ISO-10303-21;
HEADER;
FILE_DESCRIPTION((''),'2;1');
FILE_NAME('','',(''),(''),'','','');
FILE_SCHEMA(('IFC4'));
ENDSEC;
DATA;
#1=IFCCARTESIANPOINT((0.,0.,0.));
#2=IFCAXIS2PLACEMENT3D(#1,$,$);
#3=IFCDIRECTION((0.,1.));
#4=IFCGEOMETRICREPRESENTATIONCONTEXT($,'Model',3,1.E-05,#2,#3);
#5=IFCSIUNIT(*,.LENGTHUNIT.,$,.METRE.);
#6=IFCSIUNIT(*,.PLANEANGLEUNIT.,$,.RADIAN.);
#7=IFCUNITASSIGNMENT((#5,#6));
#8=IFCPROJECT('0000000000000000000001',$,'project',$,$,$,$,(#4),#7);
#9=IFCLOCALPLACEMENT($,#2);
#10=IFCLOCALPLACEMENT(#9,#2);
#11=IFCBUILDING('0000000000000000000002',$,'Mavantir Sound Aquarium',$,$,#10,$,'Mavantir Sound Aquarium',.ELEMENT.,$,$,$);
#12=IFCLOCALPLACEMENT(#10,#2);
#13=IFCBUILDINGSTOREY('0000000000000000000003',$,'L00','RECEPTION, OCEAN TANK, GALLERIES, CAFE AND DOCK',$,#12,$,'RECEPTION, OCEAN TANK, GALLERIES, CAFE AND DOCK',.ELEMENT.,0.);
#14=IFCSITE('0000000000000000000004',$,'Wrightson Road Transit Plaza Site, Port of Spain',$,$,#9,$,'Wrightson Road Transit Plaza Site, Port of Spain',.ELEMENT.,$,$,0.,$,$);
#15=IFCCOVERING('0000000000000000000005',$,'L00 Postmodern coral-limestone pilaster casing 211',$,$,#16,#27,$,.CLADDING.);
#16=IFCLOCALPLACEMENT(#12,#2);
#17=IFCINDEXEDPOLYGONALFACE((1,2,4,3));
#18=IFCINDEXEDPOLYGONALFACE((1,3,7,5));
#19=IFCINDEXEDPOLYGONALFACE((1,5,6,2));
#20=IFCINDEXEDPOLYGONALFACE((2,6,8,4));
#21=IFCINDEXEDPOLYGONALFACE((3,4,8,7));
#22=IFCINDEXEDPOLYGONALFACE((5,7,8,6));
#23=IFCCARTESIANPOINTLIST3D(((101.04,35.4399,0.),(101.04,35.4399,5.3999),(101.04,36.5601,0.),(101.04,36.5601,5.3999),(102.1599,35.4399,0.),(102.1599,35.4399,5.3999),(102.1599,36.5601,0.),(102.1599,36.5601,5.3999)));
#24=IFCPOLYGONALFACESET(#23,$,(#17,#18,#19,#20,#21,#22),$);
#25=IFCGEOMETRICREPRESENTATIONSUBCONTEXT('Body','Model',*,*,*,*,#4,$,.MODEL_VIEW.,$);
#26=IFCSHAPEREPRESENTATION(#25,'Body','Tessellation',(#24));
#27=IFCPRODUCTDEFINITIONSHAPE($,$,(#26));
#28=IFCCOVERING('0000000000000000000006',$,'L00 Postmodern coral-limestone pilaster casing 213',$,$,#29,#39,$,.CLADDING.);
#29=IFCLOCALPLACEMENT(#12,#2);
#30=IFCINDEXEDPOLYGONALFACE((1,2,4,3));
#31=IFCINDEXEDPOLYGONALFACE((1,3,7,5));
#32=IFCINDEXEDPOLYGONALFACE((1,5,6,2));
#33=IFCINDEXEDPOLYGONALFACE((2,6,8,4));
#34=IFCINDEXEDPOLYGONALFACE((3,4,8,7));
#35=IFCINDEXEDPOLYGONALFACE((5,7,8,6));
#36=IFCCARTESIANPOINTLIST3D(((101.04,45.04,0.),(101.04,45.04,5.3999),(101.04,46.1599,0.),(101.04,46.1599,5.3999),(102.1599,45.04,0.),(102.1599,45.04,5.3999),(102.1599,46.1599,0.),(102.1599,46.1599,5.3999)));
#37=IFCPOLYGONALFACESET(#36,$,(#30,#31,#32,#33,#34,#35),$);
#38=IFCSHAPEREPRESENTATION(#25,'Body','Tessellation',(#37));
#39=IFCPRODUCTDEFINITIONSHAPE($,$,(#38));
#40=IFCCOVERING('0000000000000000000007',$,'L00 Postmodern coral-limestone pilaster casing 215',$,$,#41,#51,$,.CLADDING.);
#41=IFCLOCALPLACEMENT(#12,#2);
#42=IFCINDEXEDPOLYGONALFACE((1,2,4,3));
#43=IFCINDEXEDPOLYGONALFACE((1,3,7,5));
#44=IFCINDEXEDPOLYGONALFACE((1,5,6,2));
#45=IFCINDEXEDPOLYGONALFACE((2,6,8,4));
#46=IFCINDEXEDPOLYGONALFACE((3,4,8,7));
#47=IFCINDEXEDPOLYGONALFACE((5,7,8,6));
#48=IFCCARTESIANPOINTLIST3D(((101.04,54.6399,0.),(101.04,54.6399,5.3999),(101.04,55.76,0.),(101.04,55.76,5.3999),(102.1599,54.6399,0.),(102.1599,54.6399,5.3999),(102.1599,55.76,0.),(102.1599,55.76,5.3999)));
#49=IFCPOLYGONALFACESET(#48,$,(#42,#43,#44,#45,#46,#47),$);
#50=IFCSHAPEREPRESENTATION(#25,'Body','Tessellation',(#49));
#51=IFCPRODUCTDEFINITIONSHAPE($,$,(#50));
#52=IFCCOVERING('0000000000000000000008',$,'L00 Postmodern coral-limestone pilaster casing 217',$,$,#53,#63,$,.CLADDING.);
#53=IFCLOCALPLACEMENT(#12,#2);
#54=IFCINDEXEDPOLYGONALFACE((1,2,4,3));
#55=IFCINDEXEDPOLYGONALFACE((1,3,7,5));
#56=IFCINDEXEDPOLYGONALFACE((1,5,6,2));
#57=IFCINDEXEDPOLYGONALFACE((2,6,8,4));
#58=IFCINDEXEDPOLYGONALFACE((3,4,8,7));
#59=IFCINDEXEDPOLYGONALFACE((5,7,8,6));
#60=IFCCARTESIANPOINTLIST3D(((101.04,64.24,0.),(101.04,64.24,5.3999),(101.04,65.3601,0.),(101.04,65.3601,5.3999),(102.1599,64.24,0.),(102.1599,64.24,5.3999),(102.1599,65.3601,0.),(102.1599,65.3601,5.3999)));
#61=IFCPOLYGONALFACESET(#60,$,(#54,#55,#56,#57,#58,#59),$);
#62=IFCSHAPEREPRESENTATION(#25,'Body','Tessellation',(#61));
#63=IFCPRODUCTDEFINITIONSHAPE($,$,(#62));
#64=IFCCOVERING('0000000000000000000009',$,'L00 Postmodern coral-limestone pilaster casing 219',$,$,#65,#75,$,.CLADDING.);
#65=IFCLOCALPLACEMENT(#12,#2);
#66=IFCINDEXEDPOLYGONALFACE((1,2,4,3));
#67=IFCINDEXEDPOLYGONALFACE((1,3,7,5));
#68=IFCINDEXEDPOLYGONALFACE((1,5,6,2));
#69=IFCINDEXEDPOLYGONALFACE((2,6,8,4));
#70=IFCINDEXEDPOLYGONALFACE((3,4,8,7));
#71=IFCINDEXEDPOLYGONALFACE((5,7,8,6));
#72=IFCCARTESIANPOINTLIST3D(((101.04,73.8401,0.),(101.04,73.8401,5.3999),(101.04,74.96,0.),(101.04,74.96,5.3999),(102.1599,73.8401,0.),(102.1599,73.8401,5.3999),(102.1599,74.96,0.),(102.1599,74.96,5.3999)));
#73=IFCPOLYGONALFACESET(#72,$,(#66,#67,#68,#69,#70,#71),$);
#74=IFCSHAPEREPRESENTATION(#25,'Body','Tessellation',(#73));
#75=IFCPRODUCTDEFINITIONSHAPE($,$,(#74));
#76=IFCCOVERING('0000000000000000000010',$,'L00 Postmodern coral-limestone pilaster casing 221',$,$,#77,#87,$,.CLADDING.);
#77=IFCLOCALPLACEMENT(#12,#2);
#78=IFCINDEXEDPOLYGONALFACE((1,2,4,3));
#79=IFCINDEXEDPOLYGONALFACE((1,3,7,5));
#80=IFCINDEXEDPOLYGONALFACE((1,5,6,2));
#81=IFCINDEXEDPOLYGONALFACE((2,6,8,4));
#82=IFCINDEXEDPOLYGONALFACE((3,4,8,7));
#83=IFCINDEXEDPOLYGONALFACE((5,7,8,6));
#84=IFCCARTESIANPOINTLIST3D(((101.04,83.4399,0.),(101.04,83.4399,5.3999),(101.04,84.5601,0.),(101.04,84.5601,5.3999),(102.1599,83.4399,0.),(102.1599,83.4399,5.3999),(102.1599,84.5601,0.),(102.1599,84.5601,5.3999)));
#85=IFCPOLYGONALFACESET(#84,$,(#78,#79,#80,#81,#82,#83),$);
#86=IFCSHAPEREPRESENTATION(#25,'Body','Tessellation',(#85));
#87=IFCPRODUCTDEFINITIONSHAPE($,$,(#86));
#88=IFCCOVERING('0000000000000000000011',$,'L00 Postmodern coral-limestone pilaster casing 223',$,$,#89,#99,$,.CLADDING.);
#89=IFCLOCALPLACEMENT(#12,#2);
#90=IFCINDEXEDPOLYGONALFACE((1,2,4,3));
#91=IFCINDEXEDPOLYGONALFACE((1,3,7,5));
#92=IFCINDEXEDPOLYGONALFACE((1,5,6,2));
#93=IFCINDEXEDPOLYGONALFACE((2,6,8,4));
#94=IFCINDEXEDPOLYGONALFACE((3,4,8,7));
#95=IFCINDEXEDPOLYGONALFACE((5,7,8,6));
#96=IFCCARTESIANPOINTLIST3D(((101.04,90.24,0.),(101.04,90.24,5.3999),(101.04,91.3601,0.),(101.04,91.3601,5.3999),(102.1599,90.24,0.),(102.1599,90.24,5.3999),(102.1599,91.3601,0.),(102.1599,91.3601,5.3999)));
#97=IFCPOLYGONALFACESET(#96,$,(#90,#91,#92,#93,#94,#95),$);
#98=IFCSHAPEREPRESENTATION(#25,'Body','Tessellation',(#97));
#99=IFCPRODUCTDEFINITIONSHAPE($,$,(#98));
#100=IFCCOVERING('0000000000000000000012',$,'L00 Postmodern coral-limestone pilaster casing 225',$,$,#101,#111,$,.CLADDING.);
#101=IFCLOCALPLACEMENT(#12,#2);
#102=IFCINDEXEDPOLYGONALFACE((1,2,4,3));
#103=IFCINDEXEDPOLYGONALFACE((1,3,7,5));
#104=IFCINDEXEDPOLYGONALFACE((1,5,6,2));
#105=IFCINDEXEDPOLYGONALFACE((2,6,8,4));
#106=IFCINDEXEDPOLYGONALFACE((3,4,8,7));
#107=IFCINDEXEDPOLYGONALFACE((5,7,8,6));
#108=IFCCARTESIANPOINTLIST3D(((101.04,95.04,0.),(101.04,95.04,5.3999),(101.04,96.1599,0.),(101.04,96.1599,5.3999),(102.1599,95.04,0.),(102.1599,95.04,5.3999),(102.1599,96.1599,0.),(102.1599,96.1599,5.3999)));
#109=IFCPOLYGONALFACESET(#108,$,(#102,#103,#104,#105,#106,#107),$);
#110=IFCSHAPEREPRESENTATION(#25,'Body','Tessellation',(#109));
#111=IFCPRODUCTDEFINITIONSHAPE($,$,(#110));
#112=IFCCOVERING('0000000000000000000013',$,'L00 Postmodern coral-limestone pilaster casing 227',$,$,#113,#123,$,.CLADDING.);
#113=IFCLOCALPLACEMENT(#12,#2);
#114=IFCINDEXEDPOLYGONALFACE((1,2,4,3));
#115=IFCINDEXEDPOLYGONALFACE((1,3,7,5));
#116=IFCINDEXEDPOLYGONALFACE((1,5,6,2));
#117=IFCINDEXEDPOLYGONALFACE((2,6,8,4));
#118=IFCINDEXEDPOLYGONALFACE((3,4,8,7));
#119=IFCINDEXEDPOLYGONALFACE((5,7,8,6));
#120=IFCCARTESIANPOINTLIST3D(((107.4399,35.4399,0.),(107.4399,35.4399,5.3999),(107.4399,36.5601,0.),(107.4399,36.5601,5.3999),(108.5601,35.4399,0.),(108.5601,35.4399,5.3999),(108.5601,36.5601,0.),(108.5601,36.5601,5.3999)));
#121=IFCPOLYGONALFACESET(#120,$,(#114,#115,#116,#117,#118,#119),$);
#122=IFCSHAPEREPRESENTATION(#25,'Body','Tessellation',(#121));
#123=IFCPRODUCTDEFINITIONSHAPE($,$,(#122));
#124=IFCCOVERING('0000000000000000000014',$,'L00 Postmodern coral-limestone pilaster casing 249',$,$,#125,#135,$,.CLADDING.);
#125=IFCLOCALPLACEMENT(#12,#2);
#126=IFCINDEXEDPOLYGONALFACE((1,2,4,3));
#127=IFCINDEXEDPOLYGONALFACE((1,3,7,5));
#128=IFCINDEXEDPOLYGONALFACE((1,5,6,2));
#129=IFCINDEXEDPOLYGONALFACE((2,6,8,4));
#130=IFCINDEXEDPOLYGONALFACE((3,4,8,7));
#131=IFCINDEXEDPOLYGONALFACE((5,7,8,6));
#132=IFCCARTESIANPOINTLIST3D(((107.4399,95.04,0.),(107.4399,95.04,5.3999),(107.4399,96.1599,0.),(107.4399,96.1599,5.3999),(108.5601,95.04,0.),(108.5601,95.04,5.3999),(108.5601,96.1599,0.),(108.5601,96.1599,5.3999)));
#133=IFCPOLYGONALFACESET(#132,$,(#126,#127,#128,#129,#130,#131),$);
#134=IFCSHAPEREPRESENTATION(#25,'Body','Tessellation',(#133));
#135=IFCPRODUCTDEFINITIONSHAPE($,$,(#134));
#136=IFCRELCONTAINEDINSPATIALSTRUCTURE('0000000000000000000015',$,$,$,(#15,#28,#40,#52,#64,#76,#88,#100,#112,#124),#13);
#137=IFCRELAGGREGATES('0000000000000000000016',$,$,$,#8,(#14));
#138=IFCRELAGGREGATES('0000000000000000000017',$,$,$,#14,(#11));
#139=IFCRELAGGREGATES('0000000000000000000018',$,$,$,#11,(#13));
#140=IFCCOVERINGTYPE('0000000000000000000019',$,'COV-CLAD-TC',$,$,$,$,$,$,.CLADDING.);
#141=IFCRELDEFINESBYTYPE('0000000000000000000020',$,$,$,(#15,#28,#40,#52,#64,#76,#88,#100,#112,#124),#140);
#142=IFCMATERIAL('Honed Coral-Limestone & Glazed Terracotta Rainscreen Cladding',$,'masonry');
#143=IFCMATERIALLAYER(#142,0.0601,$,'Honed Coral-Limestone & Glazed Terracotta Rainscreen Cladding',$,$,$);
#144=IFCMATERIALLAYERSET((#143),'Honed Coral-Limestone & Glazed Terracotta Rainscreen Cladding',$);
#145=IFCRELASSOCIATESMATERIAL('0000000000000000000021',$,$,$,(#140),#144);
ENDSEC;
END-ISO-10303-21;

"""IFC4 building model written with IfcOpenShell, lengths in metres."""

from ifc_helpers import new_model, si_unit, direction, origin, place, context, subcontext, project, spatial, polyline, outline, extrude, material, layer, layer_set, type_object, element, save


model = new_model("IFC4")

# Units and contexts
model_context = context("Model", 3, precision=1e-05, world=origin(), true_north=direction((0.0, 1.0)))
body_context = subcontext(model_context, "Body", "Model", "MODEL_VIEW")
ifc_project = project(units=[si_unit("LENGTHUNIT", "METRE"), si_unit("PLANEANGLEUNIT", "RADIAN")], contexts=[model_context])

# Site, building, storey
site_placement = place(None, origin())
site = spatial("IfcSite", under=ifc_project, at=site_placement, Name="Wrightson Road Transit Plaza Site, Port of Spain", LongName="Wrightson Road Transit Plaza Site, Port of Spain", CompositionType="ELEMENT", RefElevation=0.0)
building_placement = place(site_placement, origin())
building = spatial("IfcBuilding", under=site, at=building_placement, Name="Mavantir Sound Aquarium", LongName="Mavantir Sound Aquarium", CompositionType="ELEMENT")
storey_placement = place(building_placement, origin())
storey = spatial("IfcBuildingStorey", under=building, at=storey_placement, Name="L00", Description="RECEPTION, OCEAN TANK, GALLERIES, CAFE AND DOCK", LongName="RECEPTION, OCEAN TANK, GALLERIES, CAFE AND DOCK", CompositionType="ELEMENT", Elevation=0.0)

# Coverings
ifc_material = material(Name="Honed Coral-Limestone & Glazed Terracotta Rainscreen Cladding", Category="masonry")
ifc_layer = layer(ifc_material, 0.0601, Name="Honed Coral-Limestone & Glazed Terracotta Rainscreen Cladding")
ifc_layer_set = layer_set([ifc_layer], Name="Honed Coral-Limestone & Glazed Terracotta Rainscreen Cladding")
covering_type = type_object("IfcCoveringType", Name="COV-CLAD-TC", PredefinedType="CLADDING", material=ifc_layer_set)
covering_1_placement = place(storey_placement, origin())
element("IfcCovering", 1, at=covering_1_placement, inside=storey, type_object=covering_type, Name="L00 Postmodern coral-limestone pilaster casing 211", PredefinedType="CLADDING", context=body_context, shape_type="SweptSolid", body=[
    extrude(outline(polyline([(101.04, 35.4399), (102.1599, 35.4399), (102.1599, 36.5601), (101.04, 36.5601), (101.04, 35.4399)])), origin(), (0.0, 0.0, 1.0), 5.3999),
])
covering_2_placement = place(storey_placement, origin())
element("IfcCovering", 2, at=covering_2_placement, inside=storey, type_object=covering_type, Name="L00 Postmodern coral-limestone pilaster casing 213", PredefinedType="CLADDING", context=body_context, shape_type="SweptSolid", body=[
    extrude(outline(polyline([(101.04, 45.04), (102.1599, 45.04), (102.1599, 46.1599), (101.04, 46.1599), (101.04, 45.04)])), origin(), (0.0, 0.0, 1.0), 5.3999),
])
covering_3_placement = place(storey_placement, origin())
element("IfcCovering", 3, at=covering_3_placement, inside=storey, type_object=covering_type, Name="L00 Postmodern coral-limestone pilaster casing 215", PredefinedType="CLADDING", context=body_context, shape_type="SweptSolid", body=[
    extrude(outline(polyline([(101.04, 54.6399), (102.1599, 54.6399), (102.1599, 55.76), (101.04, 55.76), (101.04, 54.6399)])), origin(), (0.0, 0.0, 1.0), 5.3999),
])
covering_4_placement = place(storey_placement, origin())
element("IfcCovering", 4, at=covering_4_placement, inside=storey, type_object=covering_type, Name="L00 Postmodern coral-limestone pilaster casing 217", PredefinedType="CLADDING", context=body_context, shape_type="SweptSolid", body=[
    extrude(outline(polyline([(101.04, 64.24), (102.1599, 64.24), (102.1599, 65.3601), (101.04, 65.3601), (101.04, 64.24)])), origin(), (0.0, 0.0, 1.0), 5.3999),
])
covering_5_placement = place(storey_placement, origin())
element("IfcCovering", 5, at=covering_5_placement, inside=storey, type_object=covering_type, Name="L00 Postmodern coral-limestone pilaster casing 219", PredefinedType="CLADDING", context=body_context, shape_type="SweptSolid", body=[
    extrude(outline(polyline([(101.04, 73.8401), (102.1599, 73.8401), (102.1599, 74.96), (101.04, 74.96), (101.04, 73.8401)])), origin(), (0.0, 0.0, 1.0), 5.3999),
])
covering_6_placement = place(storey_placement, origin())
element("IfcCovering", 6, at=covering_6_placement, inside=storey, type_object=covering_type, Name="L00 Postmodern coral-limestone pilaster casing 221", PredefinedType="CLADDING", context=body_context, shape_type="SweptSolid", body=[
    extrude(outline(polyline([(101.04, 83.4399), (102.1599, 83.4399), (102.1599, 84.5601), (101.04, 84.5601), (101.04, 83.4399)])), origin(), (0.0, 0.0, 1.0), 5.3999),
])
covering_7_placement = place(storey_placement, origin())
element("IfcCovering", 7, at=covering_7_placement, inside=storey, type_object=covering_type, Name="L00 Postmodern coral-limestone pilaster casing 223", PredefinedType="CLADDING", context=body_context, shape_type="SweptSolid", body=[
    extrude(outline(polyline([(101.04, 90.24), (102.1599, 90.24), (102.1599, 91.3601), (101.04, 91.3601), (101.04, 90.24)])), origin(), (0.0, 0.0, 1.0), 5.3999),
])
covering_8_placement = place(storey_placement, origin())
element("IfcCovering", 8, at=covering_8_placement, inside=storey, type_object=covering_type, Name="L00 Postmodern coral-limestone pilaster casing 225", PredefinedType="CLADDING", context=body_context, shape_type="SweptSolid", body=[
    extrude(outline(polyline([(101.04, 95.04), (102.1599, 95.04), (102.1599, 96.1599), (101.04, 96.1599), (101.04, 95.04)])), origin(), (0.0, 0.0, 1.0), 5.3999),
])
covering_9_placement = place(storey_placement, origin())
element("IfcCovering", 9, at=covering_9_placement, inside=storey, type_object=covering_type, Name="L00 Postmodern coral-limestone pilaster casing 227", PredefinedType="CLADDING", context=body_context, shape_type="SweptSolid", body=[
    extrude(outline(polyline([(107.4399, 35.4399), (108.5601, 35.4399), (108.5601, 36.5601), (107.4399, 36.5601), (107.4399, 35.4399)])), origin(), (0.0, 0.0, 1.0), 5.3999),
])
covering_10_placement = place(storey_placement, origin())
element("IfcCovering", 10, at=covering_10_placement, inside=storey, type_object=covering_type, Name="L00 Postmodern coral-limestone pilaster casing 249", PredefinedType="CLADDING", context=body_context, shape_type="SweptSolid", body=[
    extrude(outline(polyline([(107.4399, 95.04), (108.5601, 95.04), (108.5601, 96.1599), (107.4399, 96.1599), (107.4399, 95.04)])), origin(), (0.0, 0.0, 1.0), 5.3999),
])

save(model, "model.ifc")
